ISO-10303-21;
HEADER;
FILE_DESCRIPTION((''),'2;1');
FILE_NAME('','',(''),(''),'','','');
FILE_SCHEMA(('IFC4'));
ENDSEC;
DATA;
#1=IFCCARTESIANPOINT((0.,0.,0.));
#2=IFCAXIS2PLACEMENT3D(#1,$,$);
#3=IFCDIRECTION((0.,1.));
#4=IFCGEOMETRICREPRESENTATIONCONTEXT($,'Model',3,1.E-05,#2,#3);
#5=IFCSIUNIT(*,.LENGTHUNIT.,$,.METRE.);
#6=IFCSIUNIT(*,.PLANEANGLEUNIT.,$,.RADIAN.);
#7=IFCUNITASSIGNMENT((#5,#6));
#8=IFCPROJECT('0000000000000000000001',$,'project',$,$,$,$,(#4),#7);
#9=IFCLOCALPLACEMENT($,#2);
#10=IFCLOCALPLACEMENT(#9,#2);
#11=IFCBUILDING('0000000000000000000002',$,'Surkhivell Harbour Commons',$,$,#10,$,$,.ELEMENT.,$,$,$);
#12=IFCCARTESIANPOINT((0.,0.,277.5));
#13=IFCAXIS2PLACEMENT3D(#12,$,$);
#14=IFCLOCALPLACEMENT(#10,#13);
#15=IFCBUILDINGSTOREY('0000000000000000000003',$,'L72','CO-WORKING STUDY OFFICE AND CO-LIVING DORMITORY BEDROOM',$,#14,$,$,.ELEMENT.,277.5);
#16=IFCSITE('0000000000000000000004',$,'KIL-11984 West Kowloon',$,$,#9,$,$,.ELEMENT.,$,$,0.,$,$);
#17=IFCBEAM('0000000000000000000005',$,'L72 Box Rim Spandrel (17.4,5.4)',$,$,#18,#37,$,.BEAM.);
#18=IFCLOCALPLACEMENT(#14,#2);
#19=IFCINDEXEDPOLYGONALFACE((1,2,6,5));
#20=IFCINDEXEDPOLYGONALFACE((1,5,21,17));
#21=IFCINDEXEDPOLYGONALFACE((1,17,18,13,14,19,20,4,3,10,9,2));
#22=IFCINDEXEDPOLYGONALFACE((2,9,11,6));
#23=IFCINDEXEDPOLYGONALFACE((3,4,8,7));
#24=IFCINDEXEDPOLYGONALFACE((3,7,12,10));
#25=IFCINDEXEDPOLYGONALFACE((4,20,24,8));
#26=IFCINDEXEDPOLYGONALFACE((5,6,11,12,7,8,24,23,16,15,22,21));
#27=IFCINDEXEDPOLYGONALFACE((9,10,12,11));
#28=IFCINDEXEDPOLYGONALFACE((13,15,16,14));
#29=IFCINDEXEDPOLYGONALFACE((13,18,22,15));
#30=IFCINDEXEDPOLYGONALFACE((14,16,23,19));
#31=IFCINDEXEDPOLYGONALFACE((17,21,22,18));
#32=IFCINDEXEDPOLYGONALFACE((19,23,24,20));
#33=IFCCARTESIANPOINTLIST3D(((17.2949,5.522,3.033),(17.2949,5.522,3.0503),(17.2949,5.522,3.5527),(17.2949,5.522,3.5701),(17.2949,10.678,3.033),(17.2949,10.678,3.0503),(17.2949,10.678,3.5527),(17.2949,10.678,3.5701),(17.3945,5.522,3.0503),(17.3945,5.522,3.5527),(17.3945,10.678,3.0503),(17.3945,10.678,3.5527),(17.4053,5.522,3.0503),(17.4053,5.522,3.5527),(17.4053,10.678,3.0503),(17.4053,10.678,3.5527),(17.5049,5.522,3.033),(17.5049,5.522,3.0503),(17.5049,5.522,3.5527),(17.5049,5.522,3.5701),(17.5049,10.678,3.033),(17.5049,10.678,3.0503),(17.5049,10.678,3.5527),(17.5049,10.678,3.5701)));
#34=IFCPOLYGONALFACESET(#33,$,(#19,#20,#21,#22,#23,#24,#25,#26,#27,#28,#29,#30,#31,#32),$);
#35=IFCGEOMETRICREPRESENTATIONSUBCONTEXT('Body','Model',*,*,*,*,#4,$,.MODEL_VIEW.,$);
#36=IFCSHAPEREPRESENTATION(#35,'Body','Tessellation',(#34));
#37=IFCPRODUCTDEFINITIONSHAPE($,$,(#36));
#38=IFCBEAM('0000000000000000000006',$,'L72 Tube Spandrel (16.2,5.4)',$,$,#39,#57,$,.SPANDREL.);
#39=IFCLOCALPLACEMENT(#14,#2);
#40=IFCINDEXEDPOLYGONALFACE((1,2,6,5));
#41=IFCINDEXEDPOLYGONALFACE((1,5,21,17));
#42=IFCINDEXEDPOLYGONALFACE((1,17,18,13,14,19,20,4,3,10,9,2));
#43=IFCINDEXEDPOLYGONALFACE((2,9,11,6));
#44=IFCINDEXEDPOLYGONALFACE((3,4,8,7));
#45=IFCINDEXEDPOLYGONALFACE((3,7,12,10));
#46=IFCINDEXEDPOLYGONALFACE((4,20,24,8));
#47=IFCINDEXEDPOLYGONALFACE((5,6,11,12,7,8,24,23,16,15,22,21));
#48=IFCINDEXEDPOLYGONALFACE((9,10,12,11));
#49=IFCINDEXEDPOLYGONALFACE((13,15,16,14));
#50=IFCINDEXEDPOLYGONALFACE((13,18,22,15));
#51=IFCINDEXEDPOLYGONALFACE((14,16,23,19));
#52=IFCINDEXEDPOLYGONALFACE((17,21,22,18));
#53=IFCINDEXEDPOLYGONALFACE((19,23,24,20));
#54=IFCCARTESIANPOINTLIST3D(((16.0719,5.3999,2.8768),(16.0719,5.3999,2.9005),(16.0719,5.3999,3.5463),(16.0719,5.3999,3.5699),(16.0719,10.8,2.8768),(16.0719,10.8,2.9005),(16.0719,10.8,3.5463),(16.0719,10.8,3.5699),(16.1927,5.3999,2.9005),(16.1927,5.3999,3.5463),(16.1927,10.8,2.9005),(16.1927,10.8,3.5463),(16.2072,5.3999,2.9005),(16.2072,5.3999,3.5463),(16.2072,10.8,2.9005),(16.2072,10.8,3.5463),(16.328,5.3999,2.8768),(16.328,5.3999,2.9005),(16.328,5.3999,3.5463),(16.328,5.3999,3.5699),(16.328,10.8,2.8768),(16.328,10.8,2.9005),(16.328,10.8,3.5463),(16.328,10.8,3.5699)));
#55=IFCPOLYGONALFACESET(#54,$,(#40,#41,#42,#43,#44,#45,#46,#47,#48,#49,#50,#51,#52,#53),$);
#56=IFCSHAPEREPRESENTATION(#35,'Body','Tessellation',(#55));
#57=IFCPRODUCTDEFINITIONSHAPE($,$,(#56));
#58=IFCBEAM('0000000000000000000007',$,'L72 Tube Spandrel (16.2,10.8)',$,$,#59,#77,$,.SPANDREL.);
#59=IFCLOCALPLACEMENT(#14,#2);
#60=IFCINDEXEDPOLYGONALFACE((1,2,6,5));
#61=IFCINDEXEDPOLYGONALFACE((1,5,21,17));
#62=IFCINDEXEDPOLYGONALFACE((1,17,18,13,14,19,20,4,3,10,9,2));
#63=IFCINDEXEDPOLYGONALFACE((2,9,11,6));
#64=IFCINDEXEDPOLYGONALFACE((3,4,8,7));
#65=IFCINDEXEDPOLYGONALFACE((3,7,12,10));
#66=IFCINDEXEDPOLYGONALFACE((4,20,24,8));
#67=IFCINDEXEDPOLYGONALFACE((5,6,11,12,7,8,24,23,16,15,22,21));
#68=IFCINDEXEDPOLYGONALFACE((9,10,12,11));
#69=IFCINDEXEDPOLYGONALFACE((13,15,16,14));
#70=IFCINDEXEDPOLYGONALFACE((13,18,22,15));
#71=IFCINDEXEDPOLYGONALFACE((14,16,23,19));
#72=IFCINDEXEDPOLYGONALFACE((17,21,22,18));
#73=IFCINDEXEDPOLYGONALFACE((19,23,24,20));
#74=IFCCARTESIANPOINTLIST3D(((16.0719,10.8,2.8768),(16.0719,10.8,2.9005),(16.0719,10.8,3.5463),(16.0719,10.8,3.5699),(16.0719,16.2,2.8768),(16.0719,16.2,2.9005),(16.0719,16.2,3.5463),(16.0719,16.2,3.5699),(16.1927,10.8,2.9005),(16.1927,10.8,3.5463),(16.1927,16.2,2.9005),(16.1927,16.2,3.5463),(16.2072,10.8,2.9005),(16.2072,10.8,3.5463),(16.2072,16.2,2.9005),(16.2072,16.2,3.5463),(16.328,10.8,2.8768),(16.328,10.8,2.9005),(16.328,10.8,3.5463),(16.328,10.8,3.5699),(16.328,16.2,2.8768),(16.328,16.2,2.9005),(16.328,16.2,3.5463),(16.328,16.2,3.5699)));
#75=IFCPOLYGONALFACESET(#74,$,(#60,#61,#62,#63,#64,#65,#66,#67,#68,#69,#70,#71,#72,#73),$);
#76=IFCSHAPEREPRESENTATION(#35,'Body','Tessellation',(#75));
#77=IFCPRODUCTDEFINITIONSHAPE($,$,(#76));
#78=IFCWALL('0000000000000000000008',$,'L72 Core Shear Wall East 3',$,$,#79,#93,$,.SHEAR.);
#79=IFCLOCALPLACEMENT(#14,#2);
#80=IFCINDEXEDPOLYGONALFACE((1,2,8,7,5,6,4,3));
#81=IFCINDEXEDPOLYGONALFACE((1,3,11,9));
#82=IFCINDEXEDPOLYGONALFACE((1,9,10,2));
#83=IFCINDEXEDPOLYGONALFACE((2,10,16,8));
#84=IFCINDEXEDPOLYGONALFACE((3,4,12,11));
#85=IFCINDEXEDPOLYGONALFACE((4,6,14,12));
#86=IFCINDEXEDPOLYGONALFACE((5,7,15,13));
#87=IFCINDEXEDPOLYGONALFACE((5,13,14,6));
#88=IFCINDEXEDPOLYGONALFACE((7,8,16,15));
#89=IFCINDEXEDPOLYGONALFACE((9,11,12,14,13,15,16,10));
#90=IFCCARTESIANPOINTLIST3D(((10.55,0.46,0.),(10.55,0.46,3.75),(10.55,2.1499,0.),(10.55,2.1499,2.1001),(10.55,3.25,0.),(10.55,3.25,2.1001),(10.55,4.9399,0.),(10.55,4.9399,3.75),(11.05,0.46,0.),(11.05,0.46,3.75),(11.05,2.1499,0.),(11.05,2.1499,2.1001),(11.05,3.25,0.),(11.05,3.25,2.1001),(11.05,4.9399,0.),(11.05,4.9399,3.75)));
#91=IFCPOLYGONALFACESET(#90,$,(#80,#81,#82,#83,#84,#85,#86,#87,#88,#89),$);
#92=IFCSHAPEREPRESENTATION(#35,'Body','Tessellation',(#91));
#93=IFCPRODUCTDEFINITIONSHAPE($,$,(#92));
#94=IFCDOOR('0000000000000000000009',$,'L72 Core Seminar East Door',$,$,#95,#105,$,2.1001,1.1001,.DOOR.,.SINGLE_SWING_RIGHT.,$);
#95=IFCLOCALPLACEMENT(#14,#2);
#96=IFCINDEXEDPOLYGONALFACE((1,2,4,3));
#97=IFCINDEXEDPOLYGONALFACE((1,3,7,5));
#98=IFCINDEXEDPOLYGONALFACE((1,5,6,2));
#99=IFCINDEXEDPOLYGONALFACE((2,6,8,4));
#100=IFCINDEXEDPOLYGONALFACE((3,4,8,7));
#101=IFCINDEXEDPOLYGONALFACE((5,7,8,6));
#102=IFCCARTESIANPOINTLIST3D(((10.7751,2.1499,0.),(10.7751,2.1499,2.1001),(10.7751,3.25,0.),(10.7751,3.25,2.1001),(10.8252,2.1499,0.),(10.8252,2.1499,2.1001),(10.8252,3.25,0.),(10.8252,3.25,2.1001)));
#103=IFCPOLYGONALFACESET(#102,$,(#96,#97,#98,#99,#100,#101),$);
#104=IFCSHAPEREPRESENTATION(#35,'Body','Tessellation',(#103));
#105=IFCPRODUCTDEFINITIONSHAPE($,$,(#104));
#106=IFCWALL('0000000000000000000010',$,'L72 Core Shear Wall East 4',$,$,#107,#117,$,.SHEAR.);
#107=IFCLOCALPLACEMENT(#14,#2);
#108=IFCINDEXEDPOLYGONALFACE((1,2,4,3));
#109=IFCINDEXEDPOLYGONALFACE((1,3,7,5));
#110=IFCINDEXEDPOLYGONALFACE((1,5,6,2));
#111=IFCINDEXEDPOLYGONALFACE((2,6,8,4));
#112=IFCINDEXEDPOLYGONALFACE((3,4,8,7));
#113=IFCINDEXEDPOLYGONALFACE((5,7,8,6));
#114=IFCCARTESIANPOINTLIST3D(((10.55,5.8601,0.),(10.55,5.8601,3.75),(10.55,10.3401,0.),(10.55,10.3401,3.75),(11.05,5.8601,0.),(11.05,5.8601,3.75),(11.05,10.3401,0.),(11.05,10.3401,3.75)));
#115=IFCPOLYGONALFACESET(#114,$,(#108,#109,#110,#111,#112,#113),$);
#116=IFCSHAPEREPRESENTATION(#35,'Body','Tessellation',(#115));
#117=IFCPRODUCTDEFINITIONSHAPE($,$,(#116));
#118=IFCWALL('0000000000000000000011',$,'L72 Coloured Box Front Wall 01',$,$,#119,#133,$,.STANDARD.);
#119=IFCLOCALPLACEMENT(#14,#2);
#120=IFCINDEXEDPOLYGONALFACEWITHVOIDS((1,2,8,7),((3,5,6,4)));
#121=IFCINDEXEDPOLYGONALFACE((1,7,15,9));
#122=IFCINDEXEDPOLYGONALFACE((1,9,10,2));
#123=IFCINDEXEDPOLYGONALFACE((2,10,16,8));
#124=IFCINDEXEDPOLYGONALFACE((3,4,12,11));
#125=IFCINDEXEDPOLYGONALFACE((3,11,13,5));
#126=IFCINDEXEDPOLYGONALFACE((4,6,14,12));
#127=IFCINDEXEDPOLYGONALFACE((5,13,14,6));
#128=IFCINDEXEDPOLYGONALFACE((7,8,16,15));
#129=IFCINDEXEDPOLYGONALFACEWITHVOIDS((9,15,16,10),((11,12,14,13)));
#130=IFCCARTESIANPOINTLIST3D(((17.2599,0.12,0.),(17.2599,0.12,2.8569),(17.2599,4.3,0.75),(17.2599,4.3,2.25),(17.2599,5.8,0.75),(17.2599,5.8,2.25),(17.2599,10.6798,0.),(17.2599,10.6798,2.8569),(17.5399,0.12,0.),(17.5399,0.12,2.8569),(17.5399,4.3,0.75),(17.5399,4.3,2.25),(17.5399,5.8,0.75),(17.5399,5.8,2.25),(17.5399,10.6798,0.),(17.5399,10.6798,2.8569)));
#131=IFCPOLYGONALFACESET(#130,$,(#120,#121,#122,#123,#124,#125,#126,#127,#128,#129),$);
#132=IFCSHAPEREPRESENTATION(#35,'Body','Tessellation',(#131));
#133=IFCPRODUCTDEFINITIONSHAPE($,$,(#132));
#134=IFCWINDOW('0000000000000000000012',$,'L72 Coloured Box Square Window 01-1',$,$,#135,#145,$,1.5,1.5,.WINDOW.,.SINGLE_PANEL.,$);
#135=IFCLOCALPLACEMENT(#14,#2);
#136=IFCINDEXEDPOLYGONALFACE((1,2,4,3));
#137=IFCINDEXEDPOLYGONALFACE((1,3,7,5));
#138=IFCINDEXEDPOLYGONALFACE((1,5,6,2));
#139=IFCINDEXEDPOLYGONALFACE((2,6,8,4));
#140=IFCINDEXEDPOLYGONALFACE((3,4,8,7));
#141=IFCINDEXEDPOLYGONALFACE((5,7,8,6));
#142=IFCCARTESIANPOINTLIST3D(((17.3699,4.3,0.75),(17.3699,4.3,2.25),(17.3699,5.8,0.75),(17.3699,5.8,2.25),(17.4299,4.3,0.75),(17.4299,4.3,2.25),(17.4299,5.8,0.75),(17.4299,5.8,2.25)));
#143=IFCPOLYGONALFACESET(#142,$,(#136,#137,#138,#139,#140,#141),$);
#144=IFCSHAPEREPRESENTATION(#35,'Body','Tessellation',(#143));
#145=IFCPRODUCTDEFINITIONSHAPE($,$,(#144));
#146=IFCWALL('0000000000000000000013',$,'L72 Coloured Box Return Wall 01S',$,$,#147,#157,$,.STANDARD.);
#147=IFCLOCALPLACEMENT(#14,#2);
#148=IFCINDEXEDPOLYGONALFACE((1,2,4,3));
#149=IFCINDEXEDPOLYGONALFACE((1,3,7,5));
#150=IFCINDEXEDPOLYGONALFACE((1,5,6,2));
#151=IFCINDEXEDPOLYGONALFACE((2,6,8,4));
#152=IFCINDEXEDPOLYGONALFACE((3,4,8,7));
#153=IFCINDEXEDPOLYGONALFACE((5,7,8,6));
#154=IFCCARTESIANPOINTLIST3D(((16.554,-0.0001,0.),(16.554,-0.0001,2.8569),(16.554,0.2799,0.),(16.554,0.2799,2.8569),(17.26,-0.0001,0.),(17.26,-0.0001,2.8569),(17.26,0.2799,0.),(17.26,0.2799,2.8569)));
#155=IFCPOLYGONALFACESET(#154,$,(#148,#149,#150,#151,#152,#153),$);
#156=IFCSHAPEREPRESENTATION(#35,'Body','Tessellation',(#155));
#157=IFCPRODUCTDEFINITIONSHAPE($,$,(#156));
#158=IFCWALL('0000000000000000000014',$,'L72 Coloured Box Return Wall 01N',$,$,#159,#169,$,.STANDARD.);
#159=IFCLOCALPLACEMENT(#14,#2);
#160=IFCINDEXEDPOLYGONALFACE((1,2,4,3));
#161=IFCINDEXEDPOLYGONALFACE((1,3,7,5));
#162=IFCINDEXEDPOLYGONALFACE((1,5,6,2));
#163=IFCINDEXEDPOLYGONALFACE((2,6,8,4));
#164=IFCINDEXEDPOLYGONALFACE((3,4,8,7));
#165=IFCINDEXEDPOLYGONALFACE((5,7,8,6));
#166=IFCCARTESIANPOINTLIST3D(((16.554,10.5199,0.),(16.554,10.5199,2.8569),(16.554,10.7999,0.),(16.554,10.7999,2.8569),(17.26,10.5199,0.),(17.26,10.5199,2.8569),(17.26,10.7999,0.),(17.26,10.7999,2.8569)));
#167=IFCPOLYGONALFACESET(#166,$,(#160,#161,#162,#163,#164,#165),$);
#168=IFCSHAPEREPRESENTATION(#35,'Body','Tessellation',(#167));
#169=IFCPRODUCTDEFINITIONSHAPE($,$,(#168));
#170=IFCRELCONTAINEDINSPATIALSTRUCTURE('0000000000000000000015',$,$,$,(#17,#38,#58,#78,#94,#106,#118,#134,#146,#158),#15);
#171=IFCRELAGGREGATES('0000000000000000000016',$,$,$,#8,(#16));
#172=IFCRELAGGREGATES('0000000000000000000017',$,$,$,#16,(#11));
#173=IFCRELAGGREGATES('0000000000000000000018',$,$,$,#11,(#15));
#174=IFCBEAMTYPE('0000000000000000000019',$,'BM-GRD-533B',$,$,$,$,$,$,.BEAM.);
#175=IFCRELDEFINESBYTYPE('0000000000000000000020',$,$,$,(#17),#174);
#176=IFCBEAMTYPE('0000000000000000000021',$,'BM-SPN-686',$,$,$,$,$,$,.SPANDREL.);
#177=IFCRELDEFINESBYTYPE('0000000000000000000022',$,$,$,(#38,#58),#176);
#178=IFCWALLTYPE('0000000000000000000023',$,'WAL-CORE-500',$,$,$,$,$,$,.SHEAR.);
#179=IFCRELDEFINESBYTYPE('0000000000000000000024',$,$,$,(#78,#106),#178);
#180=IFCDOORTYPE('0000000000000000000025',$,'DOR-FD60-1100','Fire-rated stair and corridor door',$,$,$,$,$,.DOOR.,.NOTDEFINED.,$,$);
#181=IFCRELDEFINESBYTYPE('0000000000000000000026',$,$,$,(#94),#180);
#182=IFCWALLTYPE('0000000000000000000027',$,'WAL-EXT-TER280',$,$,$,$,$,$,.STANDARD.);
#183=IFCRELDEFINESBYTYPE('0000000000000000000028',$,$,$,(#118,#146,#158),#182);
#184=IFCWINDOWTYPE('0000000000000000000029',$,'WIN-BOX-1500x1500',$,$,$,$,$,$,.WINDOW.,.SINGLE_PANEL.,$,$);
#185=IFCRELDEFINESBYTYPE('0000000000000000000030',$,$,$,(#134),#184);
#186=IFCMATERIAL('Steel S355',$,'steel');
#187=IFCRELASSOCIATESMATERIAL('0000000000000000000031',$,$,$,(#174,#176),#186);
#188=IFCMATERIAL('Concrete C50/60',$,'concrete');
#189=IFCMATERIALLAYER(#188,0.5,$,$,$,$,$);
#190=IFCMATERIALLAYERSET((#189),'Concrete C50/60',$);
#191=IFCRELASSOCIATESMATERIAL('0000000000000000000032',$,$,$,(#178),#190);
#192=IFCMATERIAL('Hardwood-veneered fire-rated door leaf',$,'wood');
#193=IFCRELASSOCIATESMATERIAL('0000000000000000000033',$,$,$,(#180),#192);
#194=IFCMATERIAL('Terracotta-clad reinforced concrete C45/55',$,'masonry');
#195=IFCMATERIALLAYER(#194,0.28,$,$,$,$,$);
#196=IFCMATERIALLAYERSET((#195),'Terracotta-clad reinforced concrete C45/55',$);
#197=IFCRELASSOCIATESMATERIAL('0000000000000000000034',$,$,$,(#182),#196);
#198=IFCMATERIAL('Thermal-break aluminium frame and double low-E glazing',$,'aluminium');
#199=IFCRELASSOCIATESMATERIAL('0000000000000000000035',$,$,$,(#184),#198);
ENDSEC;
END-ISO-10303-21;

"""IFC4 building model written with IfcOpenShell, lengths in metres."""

from ifc_helpers import new_model, si_unit, direction, frame, frame_2d, origin, origin_2d, place, context, subcontext, project, spatial, rectangle, i_section, extrude, material, layer, layer_set, material_profile, profile_set, type_object, element, fill, save


model = new_model("IFC4")

# Units and contexts
model_context = context("Model", 3, precision=1e-05, world=origin(), true_north=direction((0.0, 1.0)))
body_context = subcontext(model_context, "Body", "Model", "MODEL_VIEW")
ifc_project = project(units=[si_unit("LENGTHUNIT", "METRE"), si_unit("PLANEANGLEUNIT", "RADIAN")], contexts=[model_context])

# Site, building, storey
site_placement = place(None, origin())
site = spatial("IfcSite", under=ifc_project, at=site_placement, Name="KIL-11984 West Kowloon", CompositionType="ELEMENT", RefElevation=0.0)
building_placement = place(site_placement, origin())
building = spatial("IfcBuilding", under=site, at=building_placement, Name="Surkhivell Harbour Commons", CompositionType="ELEMENT")
storey_placement = place(building_placement, frame((0.0, 0.0, 277.5)))
storey = spatial("IfcBuildingStorey", under=building, at=storey_placement, Name="L72", Description="CO-WORKING STUDY OFFICE AND CO-LIVING DORMITORY BEDROOM", CompositionType="ELEMENT", Elevation=277.5)

# Shared definitions
ifc_material_1 = material(Name="Concrete C50/60", Category="concrete")

# Beams
ifc_material_2 = material(Name="Steel S355", Category="steel")
ifc_material_profile_1 = material_profile(ifc_material_2, i_section(OverallWidth=0.21, OverallDepth=0.5371, WebThickness=0.0107, FlangeThickness=0.0173, at=origin_2d()), Name="UB533x210x101")
ifc_profile_set_1 = profile_set([ifc_material_profile_1], Name="Steel S355")
beam_type_1 = type_object("IfcBeamType", Name="BM-GRD-533B", PredefinedType="BEAM", material=ifc_profile_set_1)
for number, where, z_axis, x_axis, name in (
    (1, (17.3999, 5.522, 3.3015), (0.0, 1.0, 0.0), (-1.0, 0.0, 0.0), "L72 Box Rim Spandrel (17.4,5.4)"),
):
    element("IfcBeam", number, at=place(storey_placement, frame(where, z_axis=z_axis, x_axis=x_axis)), inside=storey, type_object=beam_type_1, Name=name, PredefinedType="BEAM", context=body_context, shape_type="SweptSolid", body=[
        extrude(i_section(OverallWidth=0.21, OverallDepth=0.5371, WebThickness=0.0107, FlangeThickness=0.0173, at=origin_2d()), origin(), (0.0, 0.0, 1.0), 5.156),
    ])
ifc_material_profile_2 = material_profile(ifc_material_2, i_section(OverallWidth=0.2561, OverallDepth=0.6931, WebThickness=0.0144, FlangeThickness=0.0237, at=origin_2d()), Name="UB686x254x170")
ifc_profile_set_2 = profile_set([ifc_material_profile_2], Name="Steel S355")
beam_type_2 = type_object("IfcBeamType", Name="BM-SPN-686", PredefinedType="SPANDREL", material=ifc_profile_set_2)
beam_1_placement = place(storey_placement, frame((16.2, 5.3999, 3.2234), z_axis=(0.0, 1.0, 0.0), x_axis=(-1.0, 0.0, 0.0)))
element("IfcBeam", 2, at=beam_1_placement, inside=storey, type_object=beam_type_2, Name="L72 Tube Spandrel (16.2,5.4)", PredefinedType="SPANDREL", context=body_context, shape_type="SweptSolid", body=[
    extrude(i_section(OverallWidth=0.2561, OverallDepth=0.6931, WebThickness=0.0144, FlangeThickness=0.0237, at=origin_2d()), origin(), (0.0, 0.0, 1.0), 5.4001),
])
beam_2_placement = place(storey_placement, frame((16.2, 10.8, 3.2234), z_axis=(0.0, 1.0, 0.0), x_axis=(-1.0, 0.0, 0.0)))
element("IfcBeam", 3, at=beam_2_placement, inside=storey, type_object=beam_type_2, Name="L72 Tube Spandrel (16.2,10.8)", PredefinedType="SPANDREL", context=body_context, shape_type="SweptSolid", body=[
    extrude(i_section(OverallWidth=0.2561, OverallDepth=0.6931, WebThickness=0.0144, FlangeThickness=0.0237, at=origin_2d()), origin(), (0.0, 0.0, 1.0), 5.3999),
])

# Wall, opening, door
ifc_layer_1 = layer(ifc_material_1, 0.5)
ifc_layer_set_1 = layer_set([ifc_layer_1], Name="Concrete C50/60")
wall_type_1 = type_object("IfcWallType", Name="WAL-CORE-500", PredefinedType="SHEAR", material=ifc_layer_set_1)
wall_1_placement = place(storey_placement, frame((10.8, 0.46, 0.0), z_axis=(0.0, 0.0, 1.0), x_axis=(0.0, 1.0, 0.0)))
wall_1 = element("IfcWall", 4, at=wall_1_placement, inside=storey, type_object=wall_type_1, Name="L72 Core Shear Wall East 3", PredefinedType="SHEAR", context=body_context, shape_type="SweptSolid", body=[
    extrude(rectangle(XDim=4.48, YDim=0.5, at=frame_2d((2.24, 0.0))), origin(), (0.0, 0.0, 1.0), 3.75),
])
opening_1_placement = place(wall_1_placement, frame((1.6899, 0.0, 0.0)))
opening_1 = element("IfcOpeningElement", 5, at=opening_1_placement, cuts=wall_1, PredefinedType="OPENING", context=body_context, shape_type="SweptSolid", body=[
    extrude(rectangle(XDim=1.1001, YDim=2.1001, at=frame_2d((0.55, 1.05))), frame((0.0, 0.26, 0.0), z_axis=(0.0, -1.0, 0.0), x_axis=(1.0, 0.0, 0.0)), (0.0, 0.0, 1.0), 0.52),
])
ifc_material_3 = material(Name="Hardwood-veneered fire-rated door leaf", Category="wood")
door_type = type_object("IfcDoorType", Name="DOR-FD60-1100", Description="Fire-rated stair and corridor door", OperationType="NOTDEFINED", PredefinedType="DOOR", material=ifc_material_3)
door_placement = place(opening_1_placement, origin())
door = element("IfcDoor", 6, at=door_placement, inside=storey, type_object=door_type, Name="L72 Core Seminar East Door", OperationType="SINGLE_SWING_RIGHT", OverallHeight=2.1001, OverallWidth=1.1001, PredefinedType="DOOR", context=body_context, shape_type="SweptSolid", body=[
    extrude(rectangle(XDim=1.1001, YDim=2.1001, at=frame_2d((0.55, 1.05))), frame((0.0, 0.0249, 0.0), z_axis=(0.0, -1.0, 0.0), x_axis=(1.0, 0.0, 0.0)), (0.0, 0.0, 1.0), 0.05),
])
fill(opening_1, door)

# Wall
wall_2_placement = place(storey_placement, frame((10.8, 5.8601, 0.0), z_axis=(0.0, 0.0, 1.0), x_axis=(0.0, 1.0, 0.0)))
element("IfcWall", 7, at=wall_2_placement, inside=storey, type_object=wall_type_1, Name="L72 Core Shear Wall East 4", PredefinedType="SHEAR", context=body_context, shape_type="SweptSolid", body=[
    extrude(rectangle(XDim=4.48, YDim=0.5, at=frame_2d((2.24, 0.0))), origin(), (0.0, 0.0, 1.0), 3.75),
])

# Wall, opening, window
ifc_material_4 = material(Name="Terracotta-clad reinforced concrete C45/55", Category="masonry")
ifc_layer_2 = layer(ifc_material_4, 0.28)
ifc_layer_set_2 = layer_set([ifc_layer_2], Name="Terracotta-clad reinforced concrete C45/55")
wall_type_2 = type_object("IfcWallType", Name="WAL-EXT-TER280", PredefinedType="STANDARD", material=ifc_layer_set_2)
wall_3_placement = place(storey_placement, frame((17.3999, 0.1201, 0.0), z_axis=(0.0, 0.0, 1.0), x_axis=(0.0, 1.0, 0.0)))
wall_3 = element("IfcWall", 8, at=wall_3_placement, inside=storey, type_object=wall_type_2, Name="L72 Coloured Box Front Wall 01", PredefinedType="STANDARD", context=body_context, shape_type="SweptSolid", body=[
    extrude(rectangle(XDim=10.5598, YDim=0.28, at=frame_2d((5.2798, 0.0))), origin(), (0.0, 0.0, 1.0), 2.8569),
])
opening_2_placement = place(wall_3_placement, frame((4.1799, 0.0, 0.75)))
opening_2 = element("IfcOpeningElement", 9, at=opening_2_placement, cuts=wall_3, PredefinedType="OPENING", context=body_context, shape_type="SweptSolid", body=[
    extrude(rectangle(XDim=1.5, YDim=1.5, at=frame_2d((0.75, 0.75))), frame((0.0, 0.1499, 0.0), z_axis=(0.0, -1.0, 0.0), x_axis=(1.0, 0.0, 0.0)), (0.0, 0.0, 1.0), 0.3),
])
ifc_material_5 = material(Name="Thermal-break aluminium frame and double low-E glazing", Category="aluminium")
window_type = type_object("IfcWindowType", Name="WIN-BOX-1500x1500", PartitioningType="SINGLE_PANEL", PredefinedType="WINDOW", material=ifc_material_5)
window_placement = place(opening_2_placement, origin())
window = element("IfcWindow", 10, at=window_placement, inside=storey, type_object=window_type, Name="L72 Coloured Box Square Window 01-1", OverallHeight=1.5, OverallWidth=1.5, PartitioningType="SINGLE_PANEL", PredefinedType="WINDOW", context=body_context, shape_type="SweptSolid", body=[
    extrude(rectangle(XDim=1.5, YDim=1.5, at=frame_2d((0.75, 0.75))), frame((0.0, 0.03, 0.0), z_axis=(0.0, -1.0, 0.0), x_axis=(1.0, 0.0, 0.0)), (0.0, 0.0, 1.0), 0.0601),
])
fill(opening_2, window)

# Walls
for number, where, z_axis, x_axis, name in (
    (11, (16.554, 0.1399, 0.0), (0.0, 0.0, 1.0), (1.0, 0.0, 0.0), "L72 Coloured Box Return Wall 01S"),
    (12, (16.554, 10.6599, 0.0), (0.0, 0.0, 1.0), (1.0, 0.0, 0.0), "L72 Coloured Box Return Wall 01N"),
):
    element("IfcWall", number, at=place(storey_placement, frame(where, z_axis=z_axis, x_axis=x_axis)), inside=storey, type_object=wall_type_2, Name=name, PredefinedType="STANDARD", context=body_context, shape_type="SweptSolid", body=[
        extrude(rectangle(XDim=0.7061, YDim=0.28, at=frame_2d((0.353, 0.0))), origin(), (0.0, 0.0, 1.0), 2.8569),
    ])

save(model, "model.ifc")
